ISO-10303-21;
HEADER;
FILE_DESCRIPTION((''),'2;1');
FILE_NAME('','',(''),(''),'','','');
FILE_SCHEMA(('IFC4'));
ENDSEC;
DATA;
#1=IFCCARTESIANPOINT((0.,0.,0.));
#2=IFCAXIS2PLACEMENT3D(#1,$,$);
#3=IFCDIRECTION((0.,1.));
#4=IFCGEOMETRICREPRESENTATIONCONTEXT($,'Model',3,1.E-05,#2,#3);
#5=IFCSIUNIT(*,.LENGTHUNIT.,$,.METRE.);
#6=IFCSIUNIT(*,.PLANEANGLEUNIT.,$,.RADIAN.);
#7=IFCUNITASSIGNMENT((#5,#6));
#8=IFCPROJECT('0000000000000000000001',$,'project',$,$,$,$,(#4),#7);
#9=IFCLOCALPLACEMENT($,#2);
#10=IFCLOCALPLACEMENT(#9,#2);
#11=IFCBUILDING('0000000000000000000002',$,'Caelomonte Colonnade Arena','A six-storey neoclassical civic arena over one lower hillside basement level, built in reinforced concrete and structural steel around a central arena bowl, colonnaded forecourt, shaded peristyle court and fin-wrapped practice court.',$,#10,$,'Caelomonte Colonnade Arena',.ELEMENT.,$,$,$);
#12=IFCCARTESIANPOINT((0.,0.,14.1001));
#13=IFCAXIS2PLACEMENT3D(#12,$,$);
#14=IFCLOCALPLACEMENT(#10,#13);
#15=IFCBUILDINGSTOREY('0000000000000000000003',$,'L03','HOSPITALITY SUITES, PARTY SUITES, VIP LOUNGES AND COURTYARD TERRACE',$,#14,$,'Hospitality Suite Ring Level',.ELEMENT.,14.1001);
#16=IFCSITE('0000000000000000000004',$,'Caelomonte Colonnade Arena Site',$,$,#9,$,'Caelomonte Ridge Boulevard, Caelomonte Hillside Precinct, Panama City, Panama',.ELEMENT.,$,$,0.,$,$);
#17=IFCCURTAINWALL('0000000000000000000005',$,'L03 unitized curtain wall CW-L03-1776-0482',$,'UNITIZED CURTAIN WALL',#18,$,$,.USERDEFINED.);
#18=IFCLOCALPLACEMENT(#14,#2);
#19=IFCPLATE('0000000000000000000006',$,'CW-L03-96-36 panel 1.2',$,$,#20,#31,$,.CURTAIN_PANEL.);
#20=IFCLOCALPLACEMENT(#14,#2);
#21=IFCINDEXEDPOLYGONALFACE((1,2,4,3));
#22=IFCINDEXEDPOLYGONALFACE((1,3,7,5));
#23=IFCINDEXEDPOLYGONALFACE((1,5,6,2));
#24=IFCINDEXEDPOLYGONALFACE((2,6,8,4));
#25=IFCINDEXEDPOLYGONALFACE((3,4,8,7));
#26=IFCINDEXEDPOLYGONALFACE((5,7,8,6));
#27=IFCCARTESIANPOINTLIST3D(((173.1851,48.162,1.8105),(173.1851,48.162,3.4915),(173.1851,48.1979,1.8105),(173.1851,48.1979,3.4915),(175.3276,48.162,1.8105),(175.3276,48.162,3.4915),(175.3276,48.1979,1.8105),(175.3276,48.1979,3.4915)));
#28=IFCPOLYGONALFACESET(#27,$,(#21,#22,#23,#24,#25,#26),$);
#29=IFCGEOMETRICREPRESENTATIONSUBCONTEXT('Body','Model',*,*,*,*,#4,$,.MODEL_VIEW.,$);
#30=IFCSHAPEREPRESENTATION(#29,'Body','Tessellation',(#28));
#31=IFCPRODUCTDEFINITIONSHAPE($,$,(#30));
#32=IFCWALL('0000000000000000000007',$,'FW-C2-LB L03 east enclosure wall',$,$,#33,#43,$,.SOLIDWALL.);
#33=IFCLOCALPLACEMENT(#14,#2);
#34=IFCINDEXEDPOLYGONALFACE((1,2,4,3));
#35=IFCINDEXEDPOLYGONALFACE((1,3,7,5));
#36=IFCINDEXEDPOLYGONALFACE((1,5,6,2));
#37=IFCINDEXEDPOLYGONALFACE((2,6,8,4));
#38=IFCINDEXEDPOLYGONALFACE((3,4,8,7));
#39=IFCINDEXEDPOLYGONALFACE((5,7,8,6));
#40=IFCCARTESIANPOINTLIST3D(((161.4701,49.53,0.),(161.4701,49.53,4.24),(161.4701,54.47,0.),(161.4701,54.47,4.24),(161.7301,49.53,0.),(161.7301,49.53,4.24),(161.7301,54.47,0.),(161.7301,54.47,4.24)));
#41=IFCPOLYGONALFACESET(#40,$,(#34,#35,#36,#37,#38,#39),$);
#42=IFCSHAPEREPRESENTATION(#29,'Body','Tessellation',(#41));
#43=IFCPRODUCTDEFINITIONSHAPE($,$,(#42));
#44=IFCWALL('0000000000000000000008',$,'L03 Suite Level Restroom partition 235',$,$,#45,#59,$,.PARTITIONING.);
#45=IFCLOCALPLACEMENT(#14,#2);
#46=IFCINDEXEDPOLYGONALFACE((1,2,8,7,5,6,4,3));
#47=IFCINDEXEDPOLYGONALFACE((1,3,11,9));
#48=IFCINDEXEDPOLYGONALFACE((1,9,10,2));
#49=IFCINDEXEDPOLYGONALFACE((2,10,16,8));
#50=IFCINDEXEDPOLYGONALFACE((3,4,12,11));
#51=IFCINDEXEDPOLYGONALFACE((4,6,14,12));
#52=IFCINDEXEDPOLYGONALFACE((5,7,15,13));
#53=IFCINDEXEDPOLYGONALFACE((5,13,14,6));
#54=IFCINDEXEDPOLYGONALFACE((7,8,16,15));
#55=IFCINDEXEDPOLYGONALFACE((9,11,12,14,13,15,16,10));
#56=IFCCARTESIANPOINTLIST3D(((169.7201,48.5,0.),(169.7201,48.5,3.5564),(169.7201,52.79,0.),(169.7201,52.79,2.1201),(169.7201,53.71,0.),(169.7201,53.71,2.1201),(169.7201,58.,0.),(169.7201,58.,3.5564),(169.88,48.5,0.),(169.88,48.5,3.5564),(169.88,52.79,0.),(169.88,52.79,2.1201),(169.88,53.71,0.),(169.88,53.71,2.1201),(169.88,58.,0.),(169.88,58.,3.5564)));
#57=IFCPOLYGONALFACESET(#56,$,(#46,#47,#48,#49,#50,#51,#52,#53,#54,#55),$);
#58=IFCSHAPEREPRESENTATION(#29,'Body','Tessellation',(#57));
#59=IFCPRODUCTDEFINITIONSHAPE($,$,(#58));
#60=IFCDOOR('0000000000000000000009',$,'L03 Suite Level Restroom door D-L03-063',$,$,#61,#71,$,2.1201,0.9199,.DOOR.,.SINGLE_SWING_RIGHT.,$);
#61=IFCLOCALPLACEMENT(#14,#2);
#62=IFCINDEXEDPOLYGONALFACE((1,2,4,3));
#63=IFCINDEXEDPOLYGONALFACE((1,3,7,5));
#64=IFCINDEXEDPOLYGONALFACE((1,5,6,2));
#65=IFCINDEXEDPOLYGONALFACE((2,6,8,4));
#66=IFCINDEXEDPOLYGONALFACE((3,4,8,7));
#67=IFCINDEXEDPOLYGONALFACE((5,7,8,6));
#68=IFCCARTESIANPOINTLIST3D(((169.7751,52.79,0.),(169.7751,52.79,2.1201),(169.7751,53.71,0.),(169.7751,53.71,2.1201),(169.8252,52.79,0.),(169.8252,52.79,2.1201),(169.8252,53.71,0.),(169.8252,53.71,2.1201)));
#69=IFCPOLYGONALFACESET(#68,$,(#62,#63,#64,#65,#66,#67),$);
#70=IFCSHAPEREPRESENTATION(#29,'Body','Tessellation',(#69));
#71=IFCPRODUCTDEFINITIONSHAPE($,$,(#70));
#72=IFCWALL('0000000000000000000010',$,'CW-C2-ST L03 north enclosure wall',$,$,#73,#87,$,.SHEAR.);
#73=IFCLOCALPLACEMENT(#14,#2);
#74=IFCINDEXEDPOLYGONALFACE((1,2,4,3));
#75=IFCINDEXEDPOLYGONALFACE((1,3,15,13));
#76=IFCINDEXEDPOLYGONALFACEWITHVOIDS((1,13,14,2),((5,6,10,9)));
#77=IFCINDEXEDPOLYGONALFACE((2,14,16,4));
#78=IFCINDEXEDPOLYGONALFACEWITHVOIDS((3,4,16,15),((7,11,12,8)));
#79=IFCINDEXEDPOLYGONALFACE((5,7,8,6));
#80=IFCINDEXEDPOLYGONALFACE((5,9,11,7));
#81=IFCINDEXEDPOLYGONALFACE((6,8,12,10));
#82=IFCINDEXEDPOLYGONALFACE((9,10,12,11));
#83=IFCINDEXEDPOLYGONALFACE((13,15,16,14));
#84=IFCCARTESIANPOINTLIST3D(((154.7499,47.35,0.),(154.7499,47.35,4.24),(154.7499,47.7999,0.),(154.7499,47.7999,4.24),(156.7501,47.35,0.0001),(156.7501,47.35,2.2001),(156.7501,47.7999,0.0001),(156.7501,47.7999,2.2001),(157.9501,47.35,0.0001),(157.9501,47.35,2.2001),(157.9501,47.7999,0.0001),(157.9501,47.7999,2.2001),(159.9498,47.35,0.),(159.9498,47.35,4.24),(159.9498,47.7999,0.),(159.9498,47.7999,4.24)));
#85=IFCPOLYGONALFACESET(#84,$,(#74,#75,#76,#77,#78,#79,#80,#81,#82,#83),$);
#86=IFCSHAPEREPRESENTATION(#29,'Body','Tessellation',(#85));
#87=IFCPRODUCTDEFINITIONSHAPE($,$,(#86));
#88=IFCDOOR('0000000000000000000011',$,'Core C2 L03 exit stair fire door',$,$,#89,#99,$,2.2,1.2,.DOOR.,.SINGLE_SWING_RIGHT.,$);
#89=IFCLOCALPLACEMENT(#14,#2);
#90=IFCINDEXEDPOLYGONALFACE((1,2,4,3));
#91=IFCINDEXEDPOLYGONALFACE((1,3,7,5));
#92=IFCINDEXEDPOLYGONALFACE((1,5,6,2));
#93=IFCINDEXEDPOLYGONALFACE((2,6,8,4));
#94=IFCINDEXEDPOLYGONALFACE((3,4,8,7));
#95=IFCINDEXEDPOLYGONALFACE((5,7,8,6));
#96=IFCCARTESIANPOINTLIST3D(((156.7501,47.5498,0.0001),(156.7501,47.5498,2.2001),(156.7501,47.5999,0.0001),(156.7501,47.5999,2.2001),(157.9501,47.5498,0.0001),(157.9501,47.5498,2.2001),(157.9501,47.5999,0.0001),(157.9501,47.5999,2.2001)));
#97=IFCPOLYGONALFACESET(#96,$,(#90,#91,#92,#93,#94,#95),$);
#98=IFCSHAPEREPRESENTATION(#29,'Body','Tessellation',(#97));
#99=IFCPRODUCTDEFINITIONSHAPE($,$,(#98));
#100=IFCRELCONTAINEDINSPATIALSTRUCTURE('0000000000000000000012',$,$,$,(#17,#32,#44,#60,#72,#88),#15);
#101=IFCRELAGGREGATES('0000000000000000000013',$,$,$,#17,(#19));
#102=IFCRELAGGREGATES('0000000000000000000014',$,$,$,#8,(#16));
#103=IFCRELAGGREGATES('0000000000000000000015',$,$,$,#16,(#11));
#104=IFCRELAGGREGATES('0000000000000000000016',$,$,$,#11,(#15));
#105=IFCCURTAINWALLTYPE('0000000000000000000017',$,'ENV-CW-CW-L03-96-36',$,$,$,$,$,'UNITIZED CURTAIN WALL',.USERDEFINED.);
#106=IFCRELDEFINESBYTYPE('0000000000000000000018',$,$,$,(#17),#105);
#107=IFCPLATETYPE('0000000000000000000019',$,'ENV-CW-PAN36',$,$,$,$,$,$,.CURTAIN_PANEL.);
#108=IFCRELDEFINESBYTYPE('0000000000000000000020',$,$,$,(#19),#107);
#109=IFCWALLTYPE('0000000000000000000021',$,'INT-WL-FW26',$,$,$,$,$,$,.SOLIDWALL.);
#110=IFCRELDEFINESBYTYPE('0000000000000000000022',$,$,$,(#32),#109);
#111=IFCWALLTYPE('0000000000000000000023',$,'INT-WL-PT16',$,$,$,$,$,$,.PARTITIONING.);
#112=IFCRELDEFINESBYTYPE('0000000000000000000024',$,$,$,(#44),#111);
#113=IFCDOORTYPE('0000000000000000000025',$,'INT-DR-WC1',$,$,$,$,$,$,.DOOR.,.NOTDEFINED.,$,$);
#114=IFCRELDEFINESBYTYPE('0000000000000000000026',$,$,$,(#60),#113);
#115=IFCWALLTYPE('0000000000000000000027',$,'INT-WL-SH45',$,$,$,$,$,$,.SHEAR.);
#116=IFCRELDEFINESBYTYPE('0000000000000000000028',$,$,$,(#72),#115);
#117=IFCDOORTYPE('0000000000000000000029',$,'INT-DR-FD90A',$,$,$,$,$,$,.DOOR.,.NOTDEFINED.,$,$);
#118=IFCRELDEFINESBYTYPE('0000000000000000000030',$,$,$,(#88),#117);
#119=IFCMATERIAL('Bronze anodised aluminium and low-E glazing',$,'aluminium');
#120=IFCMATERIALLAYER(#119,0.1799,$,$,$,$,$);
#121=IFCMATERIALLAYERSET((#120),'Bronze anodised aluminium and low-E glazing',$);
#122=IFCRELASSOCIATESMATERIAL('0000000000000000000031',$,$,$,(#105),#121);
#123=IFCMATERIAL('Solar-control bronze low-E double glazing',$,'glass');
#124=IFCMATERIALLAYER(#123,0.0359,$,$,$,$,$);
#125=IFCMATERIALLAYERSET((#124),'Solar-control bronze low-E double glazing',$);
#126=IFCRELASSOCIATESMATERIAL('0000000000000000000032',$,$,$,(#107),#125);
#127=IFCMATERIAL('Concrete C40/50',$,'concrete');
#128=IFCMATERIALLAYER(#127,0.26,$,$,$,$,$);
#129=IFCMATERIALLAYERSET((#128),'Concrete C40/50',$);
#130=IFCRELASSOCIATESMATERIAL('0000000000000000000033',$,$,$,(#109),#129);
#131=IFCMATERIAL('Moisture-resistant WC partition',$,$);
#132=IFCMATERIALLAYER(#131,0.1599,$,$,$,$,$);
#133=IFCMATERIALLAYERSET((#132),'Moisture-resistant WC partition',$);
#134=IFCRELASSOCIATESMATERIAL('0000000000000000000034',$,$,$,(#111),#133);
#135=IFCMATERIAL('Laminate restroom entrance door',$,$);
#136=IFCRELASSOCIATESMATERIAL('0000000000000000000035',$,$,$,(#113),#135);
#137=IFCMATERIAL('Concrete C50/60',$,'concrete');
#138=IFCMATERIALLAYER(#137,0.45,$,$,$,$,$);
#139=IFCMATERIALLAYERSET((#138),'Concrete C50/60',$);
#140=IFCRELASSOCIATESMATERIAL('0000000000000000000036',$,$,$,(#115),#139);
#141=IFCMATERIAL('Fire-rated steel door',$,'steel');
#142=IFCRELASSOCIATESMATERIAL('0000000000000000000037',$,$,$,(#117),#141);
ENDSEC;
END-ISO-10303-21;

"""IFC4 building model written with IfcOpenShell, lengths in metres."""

from ifc_helpers import new_model, si_unit, direction, frame, frame_2d, origin, origin_2d, place, context, subcontext, project, spatial, rectangle, extrude, material, layer, layer_set, type_object, element, fill, aggregate, save


model = new_model("IFC4")

# Units and contexts
model_context = context("Model", 3, precision=1e-05, world=origin(), true_north=direction((0.0, 1.0)))
body_context = subcontext(model_context, "Body", "Model", "MODEL_VIEW")
ifc_project = project(units=[si_unit("LENGTHUNIT", "METRE"), si_unit("PLANEANGLEUNIT", "RADIAN")], contexts=[model_context])

# Site, building, storey
site_placement = place(None, origin())
site = spatial("IfcSite", under=ifc_project, at=site_placement, Name="Caelomonte Colonnade Arena Site", LongName="Caelomonte Ridge Boulevard, Caelomonte Hillside Precinct, Panama City, Panama", CompositionType="ELEMENT", RefElevation=0.0)
building_placement = place(site_placement, origin())
building = spatial("IfcBuilding", under=site, at=building_placement, Name="Caelomonte Colonnade Arena", Description="A six-storey neoclassical civic arena over one lower hillside basement level, built in reinforced concrete and structural steel around a central arena bowl, colonnaded forecourt, shaded peristyle court and fin-wrapped practice court.", LongName="Caelomonte Colonnade Arena", CompositionType="ELEMENT")
storey_placement = place(building_placement, frame((0.0, 0.0, 14.1001)))
storey = spatial("IfcBuildingStorey", under=building, at=storey_placement, Name="L03", Description="HOSPITALITY SUITES, PARTY SUITES, VIP LOUNGES AND COURTYARD TERRACE", LongName="Hospitality Suite Ring Level", CompositionType="ELEMENT", Elevation=14.1001)

# Shared definitions
ifc_material_1 = material(Name="Concrete C40/50", Category="concrete")

# Curtain wall
ifc_material_2 = material(Name="Bronze anodised aluminium and low-E glazing", Category="aluminium")
ifc_layer_1 = layer(ifc_material_2, 0.1799)
ifc_layer_set_1 = layer_set([ifc_layer_1], Name="Bronze anodised aluminium and low-E glazing")
curtain_wall_type = type_object("IfcCurtainWallType", Name="ENV-CW-CW-L03-96-36", ElementType="UNITIZED CURTAIN WALL", PredefinedType="USERDEFINED", material=ifc_layer_set_1)
curtain_wall_placement = place(storey_placement, origin())
curtain_wall = element("IfcCurtainWall", 1, at=curtain_wall_placement, inside=storey, type_object=curtain_wall_type, Name="L03 unitized curtain wall CW-L03-1776-0482", ObjectType="UNITIZED CURTAIN WALL", PredefinedType="USERDEFINED")

# Plate
ifc_material_3 = material(Name="Solar-control bronze low-E double glazing", Category="glass")
ifc_layer_2 = layer(ifc_material_3, 0.0359)
ifc_layer_set_2 = layer_set([ifc_layer_2], Name="Solar-control bronze low-E double glazing")
plate_type = type_object("IfcPlateType", Name="ENV-CW-PAN36", PredefinedType="CURTAIN_PANEL", material=ifc_layer_set_2)
plate_1_placement = place(storey_placement, frame((174.2563, 48.1799, 1.8105), z_axis=(0.0, 0.0, 1.0), x_axis=(1.0, 0.0, 0.0)))
plate_1 = element("IfcPlate", 2, at=plate_1_placement, type_object=plate_type, Name="CW-L03-96-36 panel 1.2", PredefinedType="CURTAIN_PANEL", context=body_context, shape_type="SweptSolid", body=[
    extrude(rectangle(XDim=2.1426, YDim=0.0359, at=origin_2d()), origin(), (0.0, 0.0, 1.0), 1.6809),
])
aggregate(curtain_wall, [plate_1])

# Wall
ifc_layer_3 = layer(ifc_material_1, 0.26)
ifc_layer_set_3 = layer_set([ifc_layer_3], Name="Concrete C40/50")
wall_type_1 = type_object("IfcWallType", Name="INT-WL-FW26", PredefinedType="SOLIDWALL", material=ifc_layer_set_3)
wall_1_placement = place(storey_placement, frame((161.6001, 49.53, 0.0), z_axis=(0.0, 0.0, 1.0), x_axis=(0.0, 1.0, 0.0)))
element("IfcWall", 3, at=wall_1_placement, inside=storey, type_object=wall_type_1, Name="FW-C2-LB L03 east enclosure wall", PredefinedType="SOLIDWALL", context=body_context, shape_type="SweptSolid", body=[
    extrude(rectangle(XDim=4.9399, YDim=0.26, at=frame_2d((2.47, 0.0))), origin(), (0.0, 0.0, 1.0), 4.24),
])

# Walls, openings, doors
ifc_material_4 = material(Name="Moisture-resistant WC partition")
ifc_layer_4 = layer(ifc_material_4, 0.1599)
ifc_layer_set_4 = layer_set([ifc_layer_4], Name="Moisture-resistant WC partition")
wall_type_2 = type_object("IfcWallType", Name="INT-WL-PT16", PredefinedType="PARTITIONING", material=ifc_layer_set_4)
wall_2_placement = place(storey_placement, frame((169.8, 48.5, 0.0), z_axis=(0.0, 0.0, 1.0), x_axis=(0.0, 1.0, 0.0)))
wall_2 = element("IfcWall", 4, at=wall_2_placement, inside=storey, type_object=wall_type_2, Name="L03 Suite Level Restroom partition 235", PredefinedType="PARTITIONING", context=body_context, shape_type="SweptSolid", body=[
    extrude(rectangle(XDim=9.5, YDim=0.1599, at=frame_2d((4.75, 0.0))), origin(), (0.0, 0.0, 1.0), 3.5564),
])
opening_1_placement = place(wall_2_placement, frame((4.29, 0.0, 0.0), z_axis=(0.0, 0.0, 1.0), x_axis=(1.0, 0.0, 0.0)))
opening_1 = element("IfcOpeningElement", 5, at=opening_1_placement, cuts=wall_2, PredefinedType="OPENING", context=body_context, shape_type="SweptSolid", body=[
    extrude(rectangle(XDim=0.9199, YDim=2.1201, at=frame_2d((0.46, 1.0601))), frame((0.0, 0.0898, 0.0), z_axis=(0.0, -1.0, 0.0), x_axis=(1.0, 0.0, 0.0)), (0.0, 0.0, 1.0), 0.1799),
])
ifc_material_5 = material(Name="Laminate restroom entrance door")
door_type_1 = type_object("IfcDoorType", Name="INT-DR-WC1", OperationType="NOTDEFINED", PredefinedType="DOOR", material=ifc_material_5)
door_1_placement = place(opening_1_placement, origin())
door_1 = element("IfcDoor", 6, at=door_1_placement, inside=storey, type_object=door_type_1, Name="L03 Suite Level Restroom door D-L03-063", OperationType="SINGLE_SWING_RIGHT", OverallHeight=2.1201, OverallWidth=0.9199, PredefinedType="DOOR", context=body_context, shape_type="SweptSolid", body=[
    extrude(rectangle(XDim=0.9199, YDim=2.1201, at=frame_2d((0.46, 1.0601))), frame((0.0, 0.0249, 0.0), z_axis=(0.0, -1.0, 0.0), x_axis=(1.0, 0.0, 0.0)), (0.0, 0.0, 1.0), 0.05),
])
fill(opening_1, door_1)
ifc_material_6 = material(Name="Concrete C50/60", Category="concrete")
ifc_layer_5 = layer(ifc_material_6, 0.45)
ifc_layer_set_5 = layer_set([ifc_layer_5], Name="Concrete C50/60")
wall_type_3 = type_object("IfcWallType", Name="INT-WL-SH45", PredefinedType="SHEAR", material=ifc_layer_set_5)
wall_3_placement = place(storey_placement, frame((159.95, 47.575, 0.0), z_axis=(0.0, 0.0, 1.0), x_axis=(-1.0, 0.0, 0.0)))
wall_3 = element("IfcWall", 7, at=wall_3_placement, inside=storey, type_object=wall_type_3, Name="CW-C2-ST L03 north enclosure wall", PredefinedType="SHEAR", context=body_context, shape_type="SweptSolid", body=[
    extrude(rectangle(XDim=5.2, YDim=0.45, at=frame_2d((2.6001, 0.0))), origin(), (0.0, 0.0, 1.0), 4.24),
])
opening_2_placement = place(wall_3_placement, frame((3.2, 0.0, 0.0), z_axis=(0.0, 0.0, 1.0), x_axis=(-1.0, 0.0, 0.0)))
opening_2 = element("IfcOpeningElement", 8, at=opening_2_placement, cuts=wall_3, PredefinedType="OPENING", context=body_context, shape_type="SweptSolid", body=[
    extrude(rectangle(XDim=1.2, YDim=2.2, at=frame_2d((0.6001, 1.1001))), frame((0.0, 0.2349, 0.0), z_axis=(0.0, -1.0, 0.0), x_axis=(1.0, 0.0, 0.0)), (0.0, 0.0, 1.0), 0.47),
])
ifc_material_7 = material(Name="Fire-rated steel door", Category="steel")
door_type_2 = type_object("IfcDoorType", Name="INT-DR-FD90A", OperationType="NOTDEFINED", PredefinedType="DOOR", material=ifc_material_7)
door_2_placement = place(opening_2_placement, origin())
door_2 = element("IfcDoor", 9, at=door_2_placement, inside=storey, type_object=door_type_2, Name="Core C2 L03 exit stair fire door", OperationType="SINGLE_SWING_RIGHT", OverallHeight=2.2, OverallWidth=1.2, PredefinedType="DOOR", context=body_context, shape_type="SweptSolid", body=[
    extrude(rectangle(XDim=1.2, YDim=2.2, at=frame_2d((0.6001, 1.1001))), frame((0.0, 0.0249, 0.0), z_axis=(0.0, -1.0, 0.0), x_axis=(1.0, 0.0, 0.0)), (0.0, 0.0, 1.0), 0.05),
])
fill(opening_2, door_2)

save(model, "model.ifc")
